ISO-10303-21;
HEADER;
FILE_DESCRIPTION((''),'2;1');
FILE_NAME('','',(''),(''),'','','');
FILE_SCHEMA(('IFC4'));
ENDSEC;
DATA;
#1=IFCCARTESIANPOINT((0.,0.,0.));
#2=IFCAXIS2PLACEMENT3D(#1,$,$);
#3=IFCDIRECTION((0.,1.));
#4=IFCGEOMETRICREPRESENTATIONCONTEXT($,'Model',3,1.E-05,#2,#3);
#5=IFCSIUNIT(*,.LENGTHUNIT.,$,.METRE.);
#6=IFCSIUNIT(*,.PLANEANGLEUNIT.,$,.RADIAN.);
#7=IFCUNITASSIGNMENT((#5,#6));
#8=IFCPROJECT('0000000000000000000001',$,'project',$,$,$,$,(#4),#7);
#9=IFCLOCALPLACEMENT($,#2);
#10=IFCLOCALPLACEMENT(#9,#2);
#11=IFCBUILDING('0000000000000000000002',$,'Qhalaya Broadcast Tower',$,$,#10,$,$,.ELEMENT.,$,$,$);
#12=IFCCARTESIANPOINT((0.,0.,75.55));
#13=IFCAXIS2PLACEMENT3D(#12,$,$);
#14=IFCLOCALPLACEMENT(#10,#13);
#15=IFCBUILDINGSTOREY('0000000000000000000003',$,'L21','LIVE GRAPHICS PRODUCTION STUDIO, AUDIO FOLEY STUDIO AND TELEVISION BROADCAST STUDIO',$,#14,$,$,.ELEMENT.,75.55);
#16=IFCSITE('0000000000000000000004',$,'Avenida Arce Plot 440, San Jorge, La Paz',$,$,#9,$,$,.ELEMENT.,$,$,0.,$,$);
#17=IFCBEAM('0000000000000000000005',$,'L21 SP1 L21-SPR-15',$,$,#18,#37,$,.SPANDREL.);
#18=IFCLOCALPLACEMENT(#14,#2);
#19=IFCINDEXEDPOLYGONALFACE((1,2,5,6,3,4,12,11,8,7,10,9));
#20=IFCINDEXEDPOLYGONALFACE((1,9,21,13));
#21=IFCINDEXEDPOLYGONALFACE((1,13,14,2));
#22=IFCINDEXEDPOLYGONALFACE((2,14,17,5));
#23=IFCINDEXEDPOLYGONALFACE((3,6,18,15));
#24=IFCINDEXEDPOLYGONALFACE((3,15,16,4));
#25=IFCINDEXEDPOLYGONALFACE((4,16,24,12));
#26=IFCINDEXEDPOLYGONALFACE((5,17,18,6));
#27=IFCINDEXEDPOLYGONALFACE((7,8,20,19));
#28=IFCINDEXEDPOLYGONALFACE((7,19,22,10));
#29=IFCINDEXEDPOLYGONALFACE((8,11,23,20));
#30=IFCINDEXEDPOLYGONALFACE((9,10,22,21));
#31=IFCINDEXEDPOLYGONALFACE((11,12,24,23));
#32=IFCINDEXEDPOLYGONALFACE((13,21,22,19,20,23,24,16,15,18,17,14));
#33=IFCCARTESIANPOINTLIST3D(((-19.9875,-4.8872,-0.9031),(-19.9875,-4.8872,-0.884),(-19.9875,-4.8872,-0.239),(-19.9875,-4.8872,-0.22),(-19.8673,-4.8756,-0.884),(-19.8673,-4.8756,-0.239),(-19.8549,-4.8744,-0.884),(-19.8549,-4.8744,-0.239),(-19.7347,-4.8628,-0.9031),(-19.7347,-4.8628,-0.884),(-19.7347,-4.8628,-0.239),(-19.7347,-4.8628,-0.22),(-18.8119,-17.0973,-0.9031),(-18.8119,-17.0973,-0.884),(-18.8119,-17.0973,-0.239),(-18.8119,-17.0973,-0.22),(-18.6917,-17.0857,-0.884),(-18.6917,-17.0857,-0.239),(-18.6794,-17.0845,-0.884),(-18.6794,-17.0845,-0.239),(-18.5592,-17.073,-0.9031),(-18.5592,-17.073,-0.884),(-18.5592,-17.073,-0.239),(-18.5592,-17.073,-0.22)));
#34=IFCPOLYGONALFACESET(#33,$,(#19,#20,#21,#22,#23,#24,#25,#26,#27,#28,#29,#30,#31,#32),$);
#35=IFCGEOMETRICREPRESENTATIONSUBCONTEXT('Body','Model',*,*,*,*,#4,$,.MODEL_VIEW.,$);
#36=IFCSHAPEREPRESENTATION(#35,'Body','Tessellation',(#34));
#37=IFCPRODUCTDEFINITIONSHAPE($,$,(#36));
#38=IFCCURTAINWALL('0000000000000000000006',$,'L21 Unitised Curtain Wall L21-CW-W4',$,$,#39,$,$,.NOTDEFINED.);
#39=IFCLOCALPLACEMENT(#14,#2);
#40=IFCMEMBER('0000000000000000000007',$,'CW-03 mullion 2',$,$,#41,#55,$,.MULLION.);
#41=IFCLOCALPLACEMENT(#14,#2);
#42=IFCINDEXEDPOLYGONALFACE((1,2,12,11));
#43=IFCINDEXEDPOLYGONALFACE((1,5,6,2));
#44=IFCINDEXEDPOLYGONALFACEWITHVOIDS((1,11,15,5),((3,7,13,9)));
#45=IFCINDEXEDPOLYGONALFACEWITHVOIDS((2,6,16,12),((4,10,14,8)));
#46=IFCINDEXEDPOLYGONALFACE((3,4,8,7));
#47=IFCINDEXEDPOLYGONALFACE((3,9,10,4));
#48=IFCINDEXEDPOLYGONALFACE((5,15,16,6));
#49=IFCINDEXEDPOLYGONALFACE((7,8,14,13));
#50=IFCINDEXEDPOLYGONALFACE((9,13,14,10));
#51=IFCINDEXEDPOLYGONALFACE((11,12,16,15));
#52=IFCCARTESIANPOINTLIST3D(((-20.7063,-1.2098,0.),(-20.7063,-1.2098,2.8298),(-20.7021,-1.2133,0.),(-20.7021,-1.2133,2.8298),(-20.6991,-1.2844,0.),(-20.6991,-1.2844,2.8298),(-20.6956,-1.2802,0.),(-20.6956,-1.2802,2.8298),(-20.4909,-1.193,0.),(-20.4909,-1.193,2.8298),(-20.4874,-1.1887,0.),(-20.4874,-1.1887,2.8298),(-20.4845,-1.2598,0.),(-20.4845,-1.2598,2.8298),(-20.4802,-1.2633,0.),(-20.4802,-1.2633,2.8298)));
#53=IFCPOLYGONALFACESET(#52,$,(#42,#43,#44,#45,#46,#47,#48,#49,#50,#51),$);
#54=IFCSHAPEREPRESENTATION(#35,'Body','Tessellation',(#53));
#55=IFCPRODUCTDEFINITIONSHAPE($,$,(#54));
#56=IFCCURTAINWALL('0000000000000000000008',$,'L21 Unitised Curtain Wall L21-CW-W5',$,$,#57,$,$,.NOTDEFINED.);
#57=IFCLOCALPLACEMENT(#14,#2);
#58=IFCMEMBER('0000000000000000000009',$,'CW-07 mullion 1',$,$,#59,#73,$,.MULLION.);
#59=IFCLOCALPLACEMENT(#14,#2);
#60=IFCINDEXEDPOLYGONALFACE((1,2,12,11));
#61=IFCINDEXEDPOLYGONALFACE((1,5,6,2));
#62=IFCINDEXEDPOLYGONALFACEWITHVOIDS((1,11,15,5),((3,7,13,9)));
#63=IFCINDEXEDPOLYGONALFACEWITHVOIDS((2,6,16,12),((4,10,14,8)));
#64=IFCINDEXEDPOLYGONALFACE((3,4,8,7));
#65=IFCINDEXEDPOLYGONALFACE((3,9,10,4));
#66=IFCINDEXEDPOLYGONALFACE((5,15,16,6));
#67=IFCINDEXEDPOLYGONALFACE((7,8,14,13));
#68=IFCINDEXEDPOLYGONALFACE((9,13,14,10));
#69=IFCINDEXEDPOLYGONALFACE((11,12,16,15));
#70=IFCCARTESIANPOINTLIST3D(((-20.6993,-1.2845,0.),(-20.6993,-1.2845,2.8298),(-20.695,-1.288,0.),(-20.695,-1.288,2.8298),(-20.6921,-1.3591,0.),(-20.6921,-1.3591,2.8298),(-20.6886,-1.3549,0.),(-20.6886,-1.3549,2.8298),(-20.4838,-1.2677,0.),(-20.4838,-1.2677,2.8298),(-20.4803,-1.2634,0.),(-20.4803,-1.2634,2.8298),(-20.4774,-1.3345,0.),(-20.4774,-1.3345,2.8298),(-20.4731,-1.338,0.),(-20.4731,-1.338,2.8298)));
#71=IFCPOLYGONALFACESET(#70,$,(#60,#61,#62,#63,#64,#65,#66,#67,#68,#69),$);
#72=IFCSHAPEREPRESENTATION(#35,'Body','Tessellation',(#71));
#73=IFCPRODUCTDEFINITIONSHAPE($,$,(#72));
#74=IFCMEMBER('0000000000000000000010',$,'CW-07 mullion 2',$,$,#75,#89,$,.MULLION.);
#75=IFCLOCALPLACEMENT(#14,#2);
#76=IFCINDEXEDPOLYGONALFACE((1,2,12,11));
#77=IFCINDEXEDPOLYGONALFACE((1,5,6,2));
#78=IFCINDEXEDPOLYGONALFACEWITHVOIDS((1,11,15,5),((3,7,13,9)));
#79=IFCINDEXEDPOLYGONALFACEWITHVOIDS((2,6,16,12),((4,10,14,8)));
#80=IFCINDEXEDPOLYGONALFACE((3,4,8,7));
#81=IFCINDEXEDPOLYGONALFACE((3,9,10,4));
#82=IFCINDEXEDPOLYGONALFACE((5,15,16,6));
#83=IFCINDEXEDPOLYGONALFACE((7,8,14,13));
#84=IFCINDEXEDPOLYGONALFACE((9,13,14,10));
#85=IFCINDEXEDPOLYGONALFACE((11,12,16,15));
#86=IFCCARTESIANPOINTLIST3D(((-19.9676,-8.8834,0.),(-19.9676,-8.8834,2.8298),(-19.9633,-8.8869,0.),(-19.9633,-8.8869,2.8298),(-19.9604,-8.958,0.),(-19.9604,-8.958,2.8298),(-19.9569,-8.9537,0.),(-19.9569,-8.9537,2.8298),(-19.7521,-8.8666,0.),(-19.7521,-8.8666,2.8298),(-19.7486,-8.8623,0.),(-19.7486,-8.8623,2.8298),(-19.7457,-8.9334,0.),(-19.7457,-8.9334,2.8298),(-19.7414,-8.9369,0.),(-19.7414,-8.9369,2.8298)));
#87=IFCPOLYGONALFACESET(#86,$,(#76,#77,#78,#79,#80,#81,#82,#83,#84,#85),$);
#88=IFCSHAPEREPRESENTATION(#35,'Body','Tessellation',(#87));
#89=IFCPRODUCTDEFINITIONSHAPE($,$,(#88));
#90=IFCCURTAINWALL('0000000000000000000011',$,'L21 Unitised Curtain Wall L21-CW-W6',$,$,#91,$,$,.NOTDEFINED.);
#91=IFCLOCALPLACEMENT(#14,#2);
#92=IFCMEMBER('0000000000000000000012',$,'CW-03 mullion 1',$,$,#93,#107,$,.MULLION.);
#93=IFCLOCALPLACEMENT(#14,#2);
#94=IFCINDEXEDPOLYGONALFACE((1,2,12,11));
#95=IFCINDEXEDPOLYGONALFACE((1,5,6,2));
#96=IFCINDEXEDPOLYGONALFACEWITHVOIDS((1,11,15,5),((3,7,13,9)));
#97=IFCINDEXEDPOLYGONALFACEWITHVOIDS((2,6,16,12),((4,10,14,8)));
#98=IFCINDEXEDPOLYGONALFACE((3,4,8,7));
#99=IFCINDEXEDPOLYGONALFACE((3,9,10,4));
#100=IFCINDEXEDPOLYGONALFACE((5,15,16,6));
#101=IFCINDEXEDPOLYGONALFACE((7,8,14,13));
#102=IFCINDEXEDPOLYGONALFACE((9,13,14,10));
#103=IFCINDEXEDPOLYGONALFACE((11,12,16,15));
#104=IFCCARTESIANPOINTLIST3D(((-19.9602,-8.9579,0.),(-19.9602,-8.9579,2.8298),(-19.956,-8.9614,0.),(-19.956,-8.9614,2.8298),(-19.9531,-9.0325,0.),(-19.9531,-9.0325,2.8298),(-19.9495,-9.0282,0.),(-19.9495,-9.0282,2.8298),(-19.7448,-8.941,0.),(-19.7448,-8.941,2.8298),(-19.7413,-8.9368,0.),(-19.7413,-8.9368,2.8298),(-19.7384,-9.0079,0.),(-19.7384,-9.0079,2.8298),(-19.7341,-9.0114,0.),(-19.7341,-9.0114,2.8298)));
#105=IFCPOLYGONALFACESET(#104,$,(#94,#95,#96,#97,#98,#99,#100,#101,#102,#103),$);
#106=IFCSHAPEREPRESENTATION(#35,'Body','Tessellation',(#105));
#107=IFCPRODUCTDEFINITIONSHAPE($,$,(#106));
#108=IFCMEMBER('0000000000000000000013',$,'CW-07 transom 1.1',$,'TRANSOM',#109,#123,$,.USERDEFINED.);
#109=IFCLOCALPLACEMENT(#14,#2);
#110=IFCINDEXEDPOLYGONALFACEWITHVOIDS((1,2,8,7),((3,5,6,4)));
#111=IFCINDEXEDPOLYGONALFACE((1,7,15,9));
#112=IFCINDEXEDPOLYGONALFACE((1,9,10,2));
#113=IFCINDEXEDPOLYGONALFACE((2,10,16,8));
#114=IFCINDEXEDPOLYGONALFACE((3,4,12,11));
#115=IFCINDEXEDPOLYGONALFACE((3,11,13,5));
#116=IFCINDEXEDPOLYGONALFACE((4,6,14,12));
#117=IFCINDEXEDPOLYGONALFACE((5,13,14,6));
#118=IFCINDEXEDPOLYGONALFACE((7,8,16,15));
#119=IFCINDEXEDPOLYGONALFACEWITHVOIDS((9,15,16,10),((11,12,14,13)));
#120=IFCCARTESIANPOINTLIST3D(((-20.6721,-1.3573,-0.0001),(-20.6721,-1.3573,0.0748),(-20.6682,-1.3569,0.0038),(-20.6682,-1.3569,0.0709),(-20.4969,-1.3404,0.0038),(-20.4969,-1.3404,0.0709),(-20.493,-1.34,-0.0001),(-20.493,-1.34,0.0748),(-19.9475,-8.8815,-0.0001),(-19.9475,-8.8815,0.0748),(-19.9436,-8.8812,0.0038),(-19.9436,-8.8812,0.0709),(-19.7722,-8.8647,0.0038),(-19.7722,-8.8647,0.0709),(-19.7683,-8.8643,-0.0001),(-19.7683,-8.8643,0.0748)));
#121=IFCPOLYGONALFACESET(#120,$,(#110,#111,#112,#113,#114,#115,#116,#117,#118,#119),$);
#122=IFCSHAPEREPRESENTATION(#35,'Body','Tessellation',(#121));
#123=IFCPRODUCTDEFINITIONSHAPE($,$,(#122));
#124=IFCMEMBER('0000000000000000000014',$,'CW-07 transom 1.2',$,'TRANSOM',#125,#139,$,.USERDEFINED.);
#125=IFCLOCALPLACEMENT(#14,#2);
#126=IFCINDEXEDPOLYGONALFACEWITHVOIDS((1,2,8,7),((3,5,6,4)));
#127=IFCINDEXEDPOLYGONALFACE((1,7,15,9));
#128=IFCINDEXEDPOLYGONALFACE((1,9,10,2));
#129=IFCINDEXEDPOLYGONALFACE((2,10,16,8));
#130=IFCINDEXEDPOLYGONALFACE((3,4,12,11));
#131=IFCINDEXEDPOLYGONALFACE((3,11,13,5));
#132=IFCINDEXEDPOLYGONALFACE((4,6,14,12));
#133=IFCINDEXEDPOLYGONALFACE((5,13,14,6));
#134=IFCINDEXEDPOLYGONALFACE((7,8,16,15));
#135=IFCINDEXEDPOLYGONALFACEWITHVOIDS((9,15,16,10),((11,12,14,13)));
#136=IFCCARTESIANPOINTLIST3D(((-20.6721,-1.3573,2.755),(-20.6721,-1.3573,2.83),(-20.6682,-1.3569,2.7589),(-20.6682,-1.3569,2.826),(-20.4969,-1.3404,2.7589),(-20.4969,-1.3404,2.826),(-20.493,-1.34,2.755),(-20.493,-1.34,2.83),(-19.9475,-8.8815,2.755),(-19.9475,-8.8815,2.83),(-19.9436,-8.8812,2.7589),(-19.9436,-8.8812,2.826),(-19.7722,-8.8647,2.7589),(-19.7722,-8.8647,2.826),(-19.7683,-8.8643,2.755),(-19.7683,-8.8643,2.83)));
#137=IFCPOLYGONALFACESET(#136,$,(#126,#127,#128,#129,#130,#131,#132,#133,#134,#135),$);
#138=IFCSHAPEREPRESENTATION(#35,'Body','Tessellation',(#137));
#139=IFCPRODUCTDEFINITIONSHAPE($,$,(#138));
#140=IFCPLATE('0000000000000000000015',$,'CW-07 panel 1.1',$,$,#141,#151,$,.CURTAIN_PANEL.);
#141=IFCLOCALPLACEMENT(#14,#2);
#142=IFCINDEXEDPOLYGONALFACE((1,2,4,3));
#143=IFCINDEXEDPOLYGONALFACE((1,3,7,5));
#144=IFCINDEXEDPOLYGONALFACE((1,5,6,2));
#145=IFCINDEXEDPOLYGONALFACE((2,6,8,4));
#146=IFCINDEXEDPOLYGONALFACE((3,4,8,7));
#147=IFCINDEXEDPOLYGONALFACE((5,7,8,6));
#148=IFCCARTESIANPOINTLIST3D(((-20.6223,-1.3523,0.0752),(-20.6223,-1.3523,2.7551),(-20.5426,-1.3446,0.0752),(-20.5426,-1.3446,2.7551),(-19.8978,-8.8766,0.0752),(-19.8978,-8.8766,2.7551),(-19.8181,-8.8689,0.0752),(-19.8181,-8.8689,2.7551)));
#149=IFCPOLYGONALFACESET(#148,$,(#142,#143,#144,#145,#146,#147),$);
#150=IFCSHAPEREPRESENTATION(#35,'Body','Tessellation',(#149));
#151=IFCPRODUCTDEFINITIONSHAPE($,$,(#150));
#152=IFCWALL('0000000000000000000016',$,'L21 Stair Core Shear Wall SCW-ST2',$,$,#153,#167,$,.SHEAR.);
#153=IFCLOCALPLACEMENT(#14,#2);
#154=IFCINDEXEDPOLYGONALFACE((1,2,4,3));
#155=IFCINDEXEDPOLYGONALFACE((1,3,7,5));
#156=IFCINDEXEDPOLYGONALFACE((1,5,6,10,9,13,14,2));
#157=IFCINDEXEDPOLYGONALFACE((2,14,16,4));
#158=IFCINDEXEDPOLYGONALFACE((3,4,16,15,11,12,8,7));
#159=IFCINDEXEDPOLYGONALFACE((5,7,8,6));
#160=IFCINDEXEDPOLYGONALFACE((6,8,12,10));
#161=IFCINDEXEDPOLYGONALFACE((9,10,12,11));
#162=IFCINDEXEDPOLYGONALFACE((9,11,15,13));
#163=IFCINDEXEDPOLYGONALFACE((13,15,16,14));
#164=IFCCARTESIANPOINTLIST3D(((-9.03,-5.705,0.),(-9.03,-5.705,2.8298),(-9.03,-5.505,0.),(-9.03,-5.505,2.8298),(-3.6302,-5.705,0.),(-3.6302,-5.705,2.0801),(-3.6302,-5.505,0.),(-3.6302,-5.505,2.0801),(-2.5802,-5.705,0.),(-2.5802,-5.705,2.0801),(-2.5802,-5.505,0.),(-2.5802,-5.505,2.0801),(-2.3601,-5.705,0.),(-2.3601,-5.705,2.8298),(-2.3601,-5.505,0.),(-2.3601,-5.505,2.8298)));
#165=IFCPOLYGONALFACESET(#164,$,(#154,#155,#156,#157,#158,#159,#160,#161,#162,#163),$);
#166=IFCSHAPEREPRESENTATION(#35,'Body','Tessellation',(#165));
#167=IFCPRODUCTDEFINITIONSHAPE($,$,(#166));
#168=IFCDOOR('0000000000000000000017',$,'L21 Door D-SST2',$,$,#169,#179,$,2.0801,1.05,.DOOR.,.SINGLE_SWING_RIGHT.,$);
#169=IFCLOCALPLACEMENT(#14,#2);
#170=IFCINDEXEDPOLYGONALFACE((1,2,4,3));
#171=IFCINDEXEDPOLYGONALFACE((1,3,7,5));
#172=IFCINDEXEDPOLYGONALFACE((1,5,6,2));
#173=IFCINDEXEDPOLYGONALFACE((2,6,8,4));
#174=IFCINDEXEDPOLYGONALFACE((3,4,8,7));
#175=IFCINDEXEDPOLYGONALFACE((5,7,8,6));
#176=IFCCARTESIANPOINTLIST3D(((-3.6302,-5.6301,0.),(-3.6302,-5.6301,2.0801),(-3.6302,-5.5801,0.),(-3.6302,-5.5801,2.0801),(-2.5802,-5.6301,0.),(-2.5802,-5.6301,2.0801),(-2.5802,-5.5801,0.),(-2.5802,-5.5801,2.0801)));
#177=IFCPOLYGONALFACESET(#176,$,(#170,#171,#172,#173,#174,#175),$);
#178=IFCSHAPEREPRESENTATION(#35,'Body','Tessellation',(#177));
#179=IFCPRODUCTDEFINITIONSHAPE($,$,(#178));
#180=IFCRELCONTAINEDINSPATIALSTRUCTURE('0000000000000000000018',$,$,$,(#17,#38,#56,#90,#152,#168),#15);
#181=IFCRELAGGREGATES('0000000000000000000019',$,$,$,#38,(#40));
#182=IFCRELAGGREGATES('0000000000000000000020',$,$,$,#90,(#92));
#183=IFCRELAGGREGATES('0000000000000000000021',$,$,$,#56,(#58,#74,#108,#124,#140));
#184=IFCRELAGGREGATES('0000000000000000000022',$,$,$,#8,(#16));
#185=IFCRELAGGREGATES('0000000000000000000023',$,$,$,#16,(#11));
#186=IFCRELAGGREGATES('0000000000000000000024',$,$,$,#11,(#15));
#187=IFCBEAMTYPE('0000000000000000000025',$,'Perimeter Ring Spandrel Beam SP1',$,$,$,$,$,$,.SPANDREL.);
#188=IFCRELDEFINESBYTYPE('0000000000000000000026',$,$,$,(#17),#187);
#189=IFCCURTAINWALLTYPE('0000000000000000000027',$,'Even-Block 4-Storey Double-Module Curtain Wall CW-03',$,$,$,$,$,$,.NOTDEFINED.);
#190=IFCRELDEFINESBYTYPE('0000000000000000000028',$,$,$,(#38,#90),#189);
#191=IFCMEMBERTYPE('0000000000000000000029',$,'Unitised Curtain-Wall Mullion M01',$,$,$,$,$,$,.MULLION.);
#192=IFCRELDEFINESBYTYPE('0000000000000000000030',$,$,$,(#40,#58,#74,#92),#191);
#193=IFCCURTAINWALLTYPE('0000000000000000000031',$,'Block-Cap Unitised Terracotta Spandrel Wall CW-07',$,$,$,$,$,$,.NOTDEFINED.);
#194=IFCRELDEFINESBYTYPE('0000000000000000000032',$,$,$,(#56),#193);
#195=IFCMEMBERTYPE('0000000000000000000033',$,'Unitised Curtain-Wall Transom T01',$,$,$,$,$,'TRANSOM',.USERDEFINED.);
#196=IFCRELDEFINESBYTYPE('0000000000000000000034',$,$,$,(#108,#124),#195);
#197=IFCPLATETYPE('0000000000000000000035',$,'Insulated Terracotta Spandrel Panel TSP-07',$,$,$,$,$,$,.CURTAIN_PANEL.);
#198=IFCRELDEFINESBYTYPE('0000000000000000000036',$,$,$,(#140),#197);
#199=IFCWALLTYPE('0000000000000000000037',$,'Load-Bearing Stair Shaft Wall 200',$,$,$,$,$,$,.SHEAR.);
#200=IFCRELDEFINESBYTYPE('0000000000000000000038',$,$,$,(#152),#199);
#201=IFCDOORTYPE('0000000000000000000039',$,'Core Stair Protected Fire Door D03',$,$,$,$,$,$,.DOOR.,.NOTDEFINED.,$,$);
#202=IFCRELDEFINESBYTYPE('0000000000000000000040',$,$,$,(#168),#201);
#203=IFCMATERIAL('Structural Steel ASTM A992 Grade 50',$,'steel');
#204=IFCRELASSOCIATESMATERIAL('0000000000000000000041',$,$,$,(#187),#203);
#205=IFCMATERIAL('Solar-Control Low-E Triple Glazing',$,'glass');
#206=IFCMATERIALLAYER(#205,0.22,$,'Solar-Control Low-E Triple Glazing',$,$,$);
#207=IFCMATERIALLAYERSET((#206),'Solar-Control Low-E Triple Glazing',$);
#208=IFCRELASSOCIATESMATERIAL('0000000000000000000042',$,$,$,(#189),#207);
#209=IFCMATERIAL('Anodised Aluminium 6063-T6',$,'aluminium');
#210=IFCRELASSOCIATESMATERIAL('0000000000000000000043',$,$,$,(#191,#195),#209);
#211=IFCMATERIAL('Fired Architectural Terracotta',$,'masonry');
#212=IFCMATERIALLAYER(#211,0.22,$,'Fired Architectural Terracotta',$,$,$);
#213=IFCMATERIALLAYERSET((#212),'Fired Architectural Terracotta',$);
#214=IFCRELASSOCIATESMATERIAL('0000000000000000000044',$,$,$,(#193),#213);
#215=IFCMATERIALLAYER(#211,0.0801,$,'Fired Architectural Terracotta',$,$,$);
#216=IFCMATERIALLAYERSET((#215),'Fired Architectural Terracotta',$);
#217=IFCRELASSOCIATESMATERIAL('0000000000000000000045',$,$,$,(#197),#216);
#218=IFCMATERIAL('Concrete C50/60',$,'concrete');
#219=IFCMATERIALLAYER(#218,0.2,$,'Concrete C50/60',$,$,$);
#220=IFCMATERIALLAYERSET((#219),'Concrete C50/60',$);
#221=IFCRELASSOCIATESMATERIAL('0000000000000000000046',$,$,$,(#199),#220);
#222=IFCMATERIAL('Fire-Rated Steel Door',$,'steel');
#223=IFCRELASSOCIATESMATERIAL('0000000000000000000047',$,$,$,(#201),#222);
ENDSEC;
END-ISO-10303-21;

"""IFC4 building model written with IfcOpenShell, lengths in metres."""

from ifc_helpers import new_model, si_unit, direction, frame, frame_2d, origin, origin_2d, place, context, subcontext, project, spatial, rectangle, hollow_rectangle, i_section, extrude, material, layer, layer_set, material_profile, profile_set, type_object, element, fill, aggregate, save


model = new_model("IFC4")

# Units and contexts
model_context = context("Model", 3, precision=1e-05, world=origin(), true_north=direction((0.0, 1.0)))
body_context = subcontext(model_context, "Body", "Model", "MODEL_VIEW")
ifc_project = project(units=[si_unit("LENGTHUNIT", "METRE"), si_unit("PLANEANGLEUNIT", "RADIAN")], contexts=[model_context])

# Site, building, storey
site_placement = place(None, origin())
site = spatial("IfcSite", under=ifc_project, at=site_placement, Name="Avenida Arce Plot 440, San Jorge, La Paz", CompositionType="ELEMENT", RefElevation=0.0)
building_placement = place(site_placement, origin())
building = spatial("IfcBuilding", under=site, at=building_placement, Name="Qhalaya Broadcast Tower", CompositionType="ELEMENT")
storey_placement = place(building_placement, frame((0.0, 0.0, 75.55)))
storey = spatial("IfcBuildingStorey", under=building, at=storey_placement, Name="L21", Description="LIVE GRAPHICS PRODUCTION STUDIO, AUDIO FOLEY STUDIO AND TELEVISION BROADCAST STUDIO", CompositionType="ELEMENT", Elevation=75.55)

# Shared definitions
ifc_material_1 = material(Name="Concrete C50/60", Category="concrete")

# Beam
ifc_material_2 = material(Name="Structural Steel ASTM A992 Grade 50", Category="steel")
ifc_material_profile_1 = material_profile(ifc_material_2, i_section(OverallWidth=0.2539, OverallDepth=0.6831, WebThickness=0.0125, FlangeThickness=0.019, at=origin_2d()), Name="W27X94")
ifc_profile_set_1 = profile_set([ifc_material_profile_1], Name="Structural Steel ASTM A992 Grade 50")
beam_type_1 = type_object("IfcBeamType", Name="Perimeter Ring Spandrel Beam SP1", PredefinedType="SPANDREL", material=ifc_profile_set_1)
beam_1_placement = place(storey_placement, frame((-19.8611, -4.875, -0.5615), z_axis=(0.095832, -0.995398, 0.0), x_axis=(0.995398, 0.095832, 0.0)))
element("IfcBeam", 1, at=beam_1_placement, inside=storey, type_object=beam_type_1, Name="L21 SP1 L21-SPR-15", PredefinedType="SPANDREL", context=body_context, shape_type="SweptSolid", body=[
    extrude(i_section(OverallWidth=0.2539, OverallDepth=0.6831, WebThickness=0.0125, FlangeThickness=0.019, at=origin_2d()), origin(), (0.0, 0.0, 1.0), 12.2666),
])

# Curtain wall, member
ifc_material_3 = material(Name="Solar-Control Low-E Triple Glazing", Category="glass")
ifc_layer_1 = layer(ifc_material_3, 0.22, Name="Solar-Control Low-E Triple Glazing")
ifc_layer_set_1 = layer_set([ifc_layer_1], Name="Solar-Control Low-E Triple Glazing")
curtain_wall_type_1 = type_object("IfcCurtainWallType", Name="Even-Block 4-Storey Double-Module Curtain Wall CW-03", PredefinedType="NOTDEFINED", material=ifc_layer_set_1)
curtain_wall_1_placement = place(storey_placement, origin())
curtain_wall_1 = element("IfcCurtainWall", 2, at=curtain_wall_1_placement, inside=storey, type_object=curtain_wall_type_1, Name="L21 Unitised Curtain Wall L21-CW-W4", PredefinedType="NOTDEFINED")
ifc_material_4 = material(Name="Anodised Aluminium 6063-T6", Category="aluminium")
ifc_material_profile_2 = material_profile(ifc_material_4, hollow_rectangle(XDim=0.075, YDim=0.22, WallThickness=0.0039, at=origin_2d()), Name="ALU-MUL 75x220x4")
ifc_profile_set_2 = profile_set([ifc_material_profile_2], Name="Anodised Aluminium 6063-T6")
member_type_1 = type_object("IfcMemberType", Name="Unitised Curtain-Wall Mullion M01", PredefinedType="MULLION", material=ifc_profile_set_2)
member_1_placement = place(storey_placement, frame((-20.5933, -1.2366, 0.0), z_axis=(0.0, 0.0, 1.0), x_axis=(0.095845, -0.995396, 0.0)))
member_1 = element("IfcMember", 3, at=member_1_placement, type_object=member_type_1, Name="CW-03 mullion 2", PredefinedType="MULLION", context=body_context, shape_type="SweptSolid", body=[
    extrude(hollow_rectangle(XDim=0.075, YDim=0.22, WallThickness=0.0039, at=origin_2d()), origin(), (0.0, 0.0, 1.0), 2.8298),
])
aggregate(curtain_wall_1, [member_1])

# Curtain wall, members
ifc_material_5 = material(Name="Fired Architectural Terracotta", Category="masonry")
ifc_layer_2 = layer(ifc_material_5, 0.22, Name="Fired Architectural Terracotta")
ifc_layer_set_2 = layer_set([ifc_layer_2], Name="Fired Architectural Terracotta")
curtain_wall_type_2 = type_object("IfcCurtainWallType", Name="Block-Cap Unitised Terracotta Spandrel Wall CW-07", PredefinedType="NOTDEFINED", material=ifc_layer_set_2)
curtain_wall_2_placement = place(storey_placement, origin())
curtain_wall_2 = element("IfcCurtainWall", 4, at=curtain_wall_2_placement, inside=storey, type_object=curtain_wall_type_2, Name="L21 Unitised Curtain Wall L21-CW-W5", PredefinedType="NOTDEFINED")
member_2_placement = place(storey_placement, frame((-20.5862, -1.3113, 0.0), z_axis=(0.0, 0.0, 1.0), x_axis=(0.095849, -0.995396, 0.0)))
member_2 = element("IfcMember", 5, at=member_2_placement, type_object=member_type_1, Name="CW-07 mullion 1", PredefinedType="MULLION", context=body_context, shape_type="SweptSolid", body=[
    extrude(hollow_rectangle(XDim=0.075, YDim=0.22, WallThickness=0.0039, at=origin_2d()), origin(), (0.0, 0.0, 1.0), 2.8298),
])
member_3_placement = place(storey_placement, frame((-19.8545, -8.9102, 0.0), z_axis=(0.0, 0.0, 1.0), x_axis=(0.095849, -0.995396, 0.0)))
member_3 = element("IfcMember", 6, at=member_3_placement, type_object=member_type_1, Name="CW-07 mullion 2", PredefinedType="MULLION", context=body_context, shape_type="SweptSolid", body=[
    extrude(hollow_rectangle(XDim=0.075, YDim=0.22, WallThickness=0.0039, at=origin_2d()), origin(), (0.0, 0.0, 1.0), 2.8298),
])

# Curtain wall, member
curtain_wall_3_placement = place(storey_placement, origin())
curtain_wall_3 = element("IfcCurtainWall", 7, at=curtain_wall_3_placement, inside=storey, type_object=curtain_wall_type_1, Name="L21 Unitised Curtain Wall L21-CW-W6", PredefinedType="NOTDEFINED")
member_4_placement = place(storey_placement, frame((-19.8472, -8.9846, 0.0), z_axis=(0.0, 0.0, 1.0), x_axis=(0.095847, -0.995396, 0.0)))
member_4 = element("IfcMember", 8, at=member_4_placement, type_object=member_type_1, Name="CW-03 mullion 1", PredefinedType="MULLION", context=body_context, shape_type="SweptSolid", body=[
    extrude(hollow_rectangle(XDim=0.075, YDim=0.22, WallThickness=0.0039, at=origin_2d()), origin(), (0.0, 0.0, 1.0), 2.8298),
])
aggregate(curtain_wall_3, [member_4])

# Members
ifc_material_profile_3 = material_profile(ifc_material_4, hollow_rectangle(XDim=0.075, YDim=0.1799, WallThickness=0.0039, at=origin_2d()), Name="ALU-TRN 75x180x4")
ifc_profile_set_3 = profile_set([ifc_material_profile_3], Name="Anodised Aluminium 6063-T6")
member_type_2 = type_object("IfcMemberType", Name="Unitised Curtain-Wall Transom T01", ElementType="TRANSOM", PredefinedType="USERDEFINED", material=ifc_profile_set_3)
member_5_placement = place(storey_placement, frame((-20.5825, -1.3486, 0.0374), z_axis=(0.095861, -0.995395, 0.0), x_axis=(0.0, 0.0, 1.0)))
member_5 = element("IfcMember", 9, at=member_5_placement, type_object=member_type_2, Name="CW-07 transom 1.1", ObjectType="TRANSOM", PredefinedType="USERDEFINED", context=body_context, shape_type="SweptSolid", body=[
    extrude(hollow_rectangle(XDim=0.075, YDim=0.1799, WallThickness=0.0039, at=origin_2d()), origin(), (0.0, 0.0, 1.0), 7.5591),
])
member_6_placement = place(storey_placement, frame((-20.5825, -1.3486, 2.7925), z_axis=(0.095861, -0.995395, 0.0), x_axis=(0.0, 0.0, 1.0)))
member_6 = element("IfcMember", 10, at=member_6_placement, type_object=member_type_2, Name="CW-07 transom 1.2", ObjectType="TRANSOM", PredefinedType="USERDEFINED", context=body_context, shape_type="SweptSolid", body=[
    extrude(hollow_rectangle(XDim=0.075, YDim=0.1799, WallThickness=0.0039, at=origin_2d()), origin(), (0.0, 0.0, 1.0), 7.5591),
])

# Plate
ifc_layer_3 = layer(ifc_material_5, 0.0801, Name="Fired Architectural Terracotta")
ifc_layer_set_3 = layer_set([ifc_layer_3], Name="Fired Architectural Terracotta")
plate_type = type_object("IfcPlateType", Name="Insulated Terracotta Spandrel Panel TSP-07", PredefinedType="CURTAIN_PANEL", material=ifc_layer_set_3)
plate_placement = place(storey_placement, frame((-20.2202, -5.1106, 0.0752), z_axis=(0.0, 0.0, 1.0), x_axis=(0.095849, -0.995396, 0.0)))
plate = element("IfcPlate", 11, at=plate_placement, type_object=plate_type, Name="CW-07 panel 1.1", PredefinedType="CURTAIN_PANEL", context=body_context, shape_type="SweptSolid", body=[
    extrude(rectangle(XDim=7.5591, YDim=0.0801, at=origin_2d()), origin(), (0.0, 0.0, 1.0), 2.6799),
])
aggregate(curtain_wall_2, [member_2, member_3, member_5, member_6, plate])

# Wall, opening, door
ifc_layer_4 = layer(ifc_material_1, 0.2, Name="Concrete C50/60")
ifc_layer_set_4 = layer_set([ifc_layer_4], Name="Concrete C50/60")
wall_type_1 = type_object("IfcWallType", Name="Load-Bearing Stair Shaft Wall 200", PredefinedType="SHEAR", material=ifc_layer_set_4)
wall_1_placement = place(storey_placement, frame((-9.03, -5.605, 0.0), z_axis=(0.0, 0.0, 1.0), x_axis=(1.0, 0.0, 0.0)))
wall_1 = element("IfcWall", 12, at=wall_1_placement, inside=storey, type_object=wall_type_1, Name="L21 Stair Core Shear Wall SCW-ST2", PredefinedType="SHEAR", context=body_context, shape_type="SweptSolid", body=[
    extrude(rectangle(XDim=6.6699, YDim=0.2, at=frame_2d((3.335, 0.0))), origin(), (0.0, 0.0, 1.0), 2.8298),
])
opening_1_placement = place(wall_1_placement, frame((5.3999, 0.0, 0.0)))
opening_1 = element("IfcOpeningElement", 13, at=opening_1_placement, cuts=wall_1, PredefinedType="OPENING", context=body_context, shape_type="SweptSolid", body=[
    extrude(rectangle(XDim=1.05, YDim=2.0801, at=frame_2d((0.5249, 1.04))), frame((0.0, 0.1121, 0.0), z_axis=(0.0, -1.0, 0.0), x_axis=(1.0, 0.0, 0.0)), (0.0, 0.0, 1.0), 0.2239),
])
ifc_material_6 = material(Name="Fire-Rated Steel Door", Category="steel")
door_type_1 = type_object("IfcDoorType", Name="Core Stair Protected Fire Door D03", OperationType="NOTDEFINED", PredefinedType="DOOR", material=ifc_material_6)
door_1_placement = place(opening_1_placement, origin())
door_1 = element("IfcDoor", 14, at=door_1_placement, inside=storey, type_object=door_type_1, Name="L21 Door D-SST2", OperationType="SINGLE_SWING_RIGHT", OverallHeight=2.0801, OverallWidth=1.05, PredefinedType="DOOR", context=body_context, shape_type="SweptSolid", body=[
    extrude(rectangle(XDim=1.05, YDim=2.0801, at=frame_2d((0.5249, 1.04))), frame((0.0, 0.0249, 0.0), z_axis=(0.0, -1.0, 0.0), x_axis=(1.0, 0.0, 0.0)), (0.0, 0.0, 1.0), 0.05),
])
fill(opening_1, door_1)

save(model, "model.ifc")
